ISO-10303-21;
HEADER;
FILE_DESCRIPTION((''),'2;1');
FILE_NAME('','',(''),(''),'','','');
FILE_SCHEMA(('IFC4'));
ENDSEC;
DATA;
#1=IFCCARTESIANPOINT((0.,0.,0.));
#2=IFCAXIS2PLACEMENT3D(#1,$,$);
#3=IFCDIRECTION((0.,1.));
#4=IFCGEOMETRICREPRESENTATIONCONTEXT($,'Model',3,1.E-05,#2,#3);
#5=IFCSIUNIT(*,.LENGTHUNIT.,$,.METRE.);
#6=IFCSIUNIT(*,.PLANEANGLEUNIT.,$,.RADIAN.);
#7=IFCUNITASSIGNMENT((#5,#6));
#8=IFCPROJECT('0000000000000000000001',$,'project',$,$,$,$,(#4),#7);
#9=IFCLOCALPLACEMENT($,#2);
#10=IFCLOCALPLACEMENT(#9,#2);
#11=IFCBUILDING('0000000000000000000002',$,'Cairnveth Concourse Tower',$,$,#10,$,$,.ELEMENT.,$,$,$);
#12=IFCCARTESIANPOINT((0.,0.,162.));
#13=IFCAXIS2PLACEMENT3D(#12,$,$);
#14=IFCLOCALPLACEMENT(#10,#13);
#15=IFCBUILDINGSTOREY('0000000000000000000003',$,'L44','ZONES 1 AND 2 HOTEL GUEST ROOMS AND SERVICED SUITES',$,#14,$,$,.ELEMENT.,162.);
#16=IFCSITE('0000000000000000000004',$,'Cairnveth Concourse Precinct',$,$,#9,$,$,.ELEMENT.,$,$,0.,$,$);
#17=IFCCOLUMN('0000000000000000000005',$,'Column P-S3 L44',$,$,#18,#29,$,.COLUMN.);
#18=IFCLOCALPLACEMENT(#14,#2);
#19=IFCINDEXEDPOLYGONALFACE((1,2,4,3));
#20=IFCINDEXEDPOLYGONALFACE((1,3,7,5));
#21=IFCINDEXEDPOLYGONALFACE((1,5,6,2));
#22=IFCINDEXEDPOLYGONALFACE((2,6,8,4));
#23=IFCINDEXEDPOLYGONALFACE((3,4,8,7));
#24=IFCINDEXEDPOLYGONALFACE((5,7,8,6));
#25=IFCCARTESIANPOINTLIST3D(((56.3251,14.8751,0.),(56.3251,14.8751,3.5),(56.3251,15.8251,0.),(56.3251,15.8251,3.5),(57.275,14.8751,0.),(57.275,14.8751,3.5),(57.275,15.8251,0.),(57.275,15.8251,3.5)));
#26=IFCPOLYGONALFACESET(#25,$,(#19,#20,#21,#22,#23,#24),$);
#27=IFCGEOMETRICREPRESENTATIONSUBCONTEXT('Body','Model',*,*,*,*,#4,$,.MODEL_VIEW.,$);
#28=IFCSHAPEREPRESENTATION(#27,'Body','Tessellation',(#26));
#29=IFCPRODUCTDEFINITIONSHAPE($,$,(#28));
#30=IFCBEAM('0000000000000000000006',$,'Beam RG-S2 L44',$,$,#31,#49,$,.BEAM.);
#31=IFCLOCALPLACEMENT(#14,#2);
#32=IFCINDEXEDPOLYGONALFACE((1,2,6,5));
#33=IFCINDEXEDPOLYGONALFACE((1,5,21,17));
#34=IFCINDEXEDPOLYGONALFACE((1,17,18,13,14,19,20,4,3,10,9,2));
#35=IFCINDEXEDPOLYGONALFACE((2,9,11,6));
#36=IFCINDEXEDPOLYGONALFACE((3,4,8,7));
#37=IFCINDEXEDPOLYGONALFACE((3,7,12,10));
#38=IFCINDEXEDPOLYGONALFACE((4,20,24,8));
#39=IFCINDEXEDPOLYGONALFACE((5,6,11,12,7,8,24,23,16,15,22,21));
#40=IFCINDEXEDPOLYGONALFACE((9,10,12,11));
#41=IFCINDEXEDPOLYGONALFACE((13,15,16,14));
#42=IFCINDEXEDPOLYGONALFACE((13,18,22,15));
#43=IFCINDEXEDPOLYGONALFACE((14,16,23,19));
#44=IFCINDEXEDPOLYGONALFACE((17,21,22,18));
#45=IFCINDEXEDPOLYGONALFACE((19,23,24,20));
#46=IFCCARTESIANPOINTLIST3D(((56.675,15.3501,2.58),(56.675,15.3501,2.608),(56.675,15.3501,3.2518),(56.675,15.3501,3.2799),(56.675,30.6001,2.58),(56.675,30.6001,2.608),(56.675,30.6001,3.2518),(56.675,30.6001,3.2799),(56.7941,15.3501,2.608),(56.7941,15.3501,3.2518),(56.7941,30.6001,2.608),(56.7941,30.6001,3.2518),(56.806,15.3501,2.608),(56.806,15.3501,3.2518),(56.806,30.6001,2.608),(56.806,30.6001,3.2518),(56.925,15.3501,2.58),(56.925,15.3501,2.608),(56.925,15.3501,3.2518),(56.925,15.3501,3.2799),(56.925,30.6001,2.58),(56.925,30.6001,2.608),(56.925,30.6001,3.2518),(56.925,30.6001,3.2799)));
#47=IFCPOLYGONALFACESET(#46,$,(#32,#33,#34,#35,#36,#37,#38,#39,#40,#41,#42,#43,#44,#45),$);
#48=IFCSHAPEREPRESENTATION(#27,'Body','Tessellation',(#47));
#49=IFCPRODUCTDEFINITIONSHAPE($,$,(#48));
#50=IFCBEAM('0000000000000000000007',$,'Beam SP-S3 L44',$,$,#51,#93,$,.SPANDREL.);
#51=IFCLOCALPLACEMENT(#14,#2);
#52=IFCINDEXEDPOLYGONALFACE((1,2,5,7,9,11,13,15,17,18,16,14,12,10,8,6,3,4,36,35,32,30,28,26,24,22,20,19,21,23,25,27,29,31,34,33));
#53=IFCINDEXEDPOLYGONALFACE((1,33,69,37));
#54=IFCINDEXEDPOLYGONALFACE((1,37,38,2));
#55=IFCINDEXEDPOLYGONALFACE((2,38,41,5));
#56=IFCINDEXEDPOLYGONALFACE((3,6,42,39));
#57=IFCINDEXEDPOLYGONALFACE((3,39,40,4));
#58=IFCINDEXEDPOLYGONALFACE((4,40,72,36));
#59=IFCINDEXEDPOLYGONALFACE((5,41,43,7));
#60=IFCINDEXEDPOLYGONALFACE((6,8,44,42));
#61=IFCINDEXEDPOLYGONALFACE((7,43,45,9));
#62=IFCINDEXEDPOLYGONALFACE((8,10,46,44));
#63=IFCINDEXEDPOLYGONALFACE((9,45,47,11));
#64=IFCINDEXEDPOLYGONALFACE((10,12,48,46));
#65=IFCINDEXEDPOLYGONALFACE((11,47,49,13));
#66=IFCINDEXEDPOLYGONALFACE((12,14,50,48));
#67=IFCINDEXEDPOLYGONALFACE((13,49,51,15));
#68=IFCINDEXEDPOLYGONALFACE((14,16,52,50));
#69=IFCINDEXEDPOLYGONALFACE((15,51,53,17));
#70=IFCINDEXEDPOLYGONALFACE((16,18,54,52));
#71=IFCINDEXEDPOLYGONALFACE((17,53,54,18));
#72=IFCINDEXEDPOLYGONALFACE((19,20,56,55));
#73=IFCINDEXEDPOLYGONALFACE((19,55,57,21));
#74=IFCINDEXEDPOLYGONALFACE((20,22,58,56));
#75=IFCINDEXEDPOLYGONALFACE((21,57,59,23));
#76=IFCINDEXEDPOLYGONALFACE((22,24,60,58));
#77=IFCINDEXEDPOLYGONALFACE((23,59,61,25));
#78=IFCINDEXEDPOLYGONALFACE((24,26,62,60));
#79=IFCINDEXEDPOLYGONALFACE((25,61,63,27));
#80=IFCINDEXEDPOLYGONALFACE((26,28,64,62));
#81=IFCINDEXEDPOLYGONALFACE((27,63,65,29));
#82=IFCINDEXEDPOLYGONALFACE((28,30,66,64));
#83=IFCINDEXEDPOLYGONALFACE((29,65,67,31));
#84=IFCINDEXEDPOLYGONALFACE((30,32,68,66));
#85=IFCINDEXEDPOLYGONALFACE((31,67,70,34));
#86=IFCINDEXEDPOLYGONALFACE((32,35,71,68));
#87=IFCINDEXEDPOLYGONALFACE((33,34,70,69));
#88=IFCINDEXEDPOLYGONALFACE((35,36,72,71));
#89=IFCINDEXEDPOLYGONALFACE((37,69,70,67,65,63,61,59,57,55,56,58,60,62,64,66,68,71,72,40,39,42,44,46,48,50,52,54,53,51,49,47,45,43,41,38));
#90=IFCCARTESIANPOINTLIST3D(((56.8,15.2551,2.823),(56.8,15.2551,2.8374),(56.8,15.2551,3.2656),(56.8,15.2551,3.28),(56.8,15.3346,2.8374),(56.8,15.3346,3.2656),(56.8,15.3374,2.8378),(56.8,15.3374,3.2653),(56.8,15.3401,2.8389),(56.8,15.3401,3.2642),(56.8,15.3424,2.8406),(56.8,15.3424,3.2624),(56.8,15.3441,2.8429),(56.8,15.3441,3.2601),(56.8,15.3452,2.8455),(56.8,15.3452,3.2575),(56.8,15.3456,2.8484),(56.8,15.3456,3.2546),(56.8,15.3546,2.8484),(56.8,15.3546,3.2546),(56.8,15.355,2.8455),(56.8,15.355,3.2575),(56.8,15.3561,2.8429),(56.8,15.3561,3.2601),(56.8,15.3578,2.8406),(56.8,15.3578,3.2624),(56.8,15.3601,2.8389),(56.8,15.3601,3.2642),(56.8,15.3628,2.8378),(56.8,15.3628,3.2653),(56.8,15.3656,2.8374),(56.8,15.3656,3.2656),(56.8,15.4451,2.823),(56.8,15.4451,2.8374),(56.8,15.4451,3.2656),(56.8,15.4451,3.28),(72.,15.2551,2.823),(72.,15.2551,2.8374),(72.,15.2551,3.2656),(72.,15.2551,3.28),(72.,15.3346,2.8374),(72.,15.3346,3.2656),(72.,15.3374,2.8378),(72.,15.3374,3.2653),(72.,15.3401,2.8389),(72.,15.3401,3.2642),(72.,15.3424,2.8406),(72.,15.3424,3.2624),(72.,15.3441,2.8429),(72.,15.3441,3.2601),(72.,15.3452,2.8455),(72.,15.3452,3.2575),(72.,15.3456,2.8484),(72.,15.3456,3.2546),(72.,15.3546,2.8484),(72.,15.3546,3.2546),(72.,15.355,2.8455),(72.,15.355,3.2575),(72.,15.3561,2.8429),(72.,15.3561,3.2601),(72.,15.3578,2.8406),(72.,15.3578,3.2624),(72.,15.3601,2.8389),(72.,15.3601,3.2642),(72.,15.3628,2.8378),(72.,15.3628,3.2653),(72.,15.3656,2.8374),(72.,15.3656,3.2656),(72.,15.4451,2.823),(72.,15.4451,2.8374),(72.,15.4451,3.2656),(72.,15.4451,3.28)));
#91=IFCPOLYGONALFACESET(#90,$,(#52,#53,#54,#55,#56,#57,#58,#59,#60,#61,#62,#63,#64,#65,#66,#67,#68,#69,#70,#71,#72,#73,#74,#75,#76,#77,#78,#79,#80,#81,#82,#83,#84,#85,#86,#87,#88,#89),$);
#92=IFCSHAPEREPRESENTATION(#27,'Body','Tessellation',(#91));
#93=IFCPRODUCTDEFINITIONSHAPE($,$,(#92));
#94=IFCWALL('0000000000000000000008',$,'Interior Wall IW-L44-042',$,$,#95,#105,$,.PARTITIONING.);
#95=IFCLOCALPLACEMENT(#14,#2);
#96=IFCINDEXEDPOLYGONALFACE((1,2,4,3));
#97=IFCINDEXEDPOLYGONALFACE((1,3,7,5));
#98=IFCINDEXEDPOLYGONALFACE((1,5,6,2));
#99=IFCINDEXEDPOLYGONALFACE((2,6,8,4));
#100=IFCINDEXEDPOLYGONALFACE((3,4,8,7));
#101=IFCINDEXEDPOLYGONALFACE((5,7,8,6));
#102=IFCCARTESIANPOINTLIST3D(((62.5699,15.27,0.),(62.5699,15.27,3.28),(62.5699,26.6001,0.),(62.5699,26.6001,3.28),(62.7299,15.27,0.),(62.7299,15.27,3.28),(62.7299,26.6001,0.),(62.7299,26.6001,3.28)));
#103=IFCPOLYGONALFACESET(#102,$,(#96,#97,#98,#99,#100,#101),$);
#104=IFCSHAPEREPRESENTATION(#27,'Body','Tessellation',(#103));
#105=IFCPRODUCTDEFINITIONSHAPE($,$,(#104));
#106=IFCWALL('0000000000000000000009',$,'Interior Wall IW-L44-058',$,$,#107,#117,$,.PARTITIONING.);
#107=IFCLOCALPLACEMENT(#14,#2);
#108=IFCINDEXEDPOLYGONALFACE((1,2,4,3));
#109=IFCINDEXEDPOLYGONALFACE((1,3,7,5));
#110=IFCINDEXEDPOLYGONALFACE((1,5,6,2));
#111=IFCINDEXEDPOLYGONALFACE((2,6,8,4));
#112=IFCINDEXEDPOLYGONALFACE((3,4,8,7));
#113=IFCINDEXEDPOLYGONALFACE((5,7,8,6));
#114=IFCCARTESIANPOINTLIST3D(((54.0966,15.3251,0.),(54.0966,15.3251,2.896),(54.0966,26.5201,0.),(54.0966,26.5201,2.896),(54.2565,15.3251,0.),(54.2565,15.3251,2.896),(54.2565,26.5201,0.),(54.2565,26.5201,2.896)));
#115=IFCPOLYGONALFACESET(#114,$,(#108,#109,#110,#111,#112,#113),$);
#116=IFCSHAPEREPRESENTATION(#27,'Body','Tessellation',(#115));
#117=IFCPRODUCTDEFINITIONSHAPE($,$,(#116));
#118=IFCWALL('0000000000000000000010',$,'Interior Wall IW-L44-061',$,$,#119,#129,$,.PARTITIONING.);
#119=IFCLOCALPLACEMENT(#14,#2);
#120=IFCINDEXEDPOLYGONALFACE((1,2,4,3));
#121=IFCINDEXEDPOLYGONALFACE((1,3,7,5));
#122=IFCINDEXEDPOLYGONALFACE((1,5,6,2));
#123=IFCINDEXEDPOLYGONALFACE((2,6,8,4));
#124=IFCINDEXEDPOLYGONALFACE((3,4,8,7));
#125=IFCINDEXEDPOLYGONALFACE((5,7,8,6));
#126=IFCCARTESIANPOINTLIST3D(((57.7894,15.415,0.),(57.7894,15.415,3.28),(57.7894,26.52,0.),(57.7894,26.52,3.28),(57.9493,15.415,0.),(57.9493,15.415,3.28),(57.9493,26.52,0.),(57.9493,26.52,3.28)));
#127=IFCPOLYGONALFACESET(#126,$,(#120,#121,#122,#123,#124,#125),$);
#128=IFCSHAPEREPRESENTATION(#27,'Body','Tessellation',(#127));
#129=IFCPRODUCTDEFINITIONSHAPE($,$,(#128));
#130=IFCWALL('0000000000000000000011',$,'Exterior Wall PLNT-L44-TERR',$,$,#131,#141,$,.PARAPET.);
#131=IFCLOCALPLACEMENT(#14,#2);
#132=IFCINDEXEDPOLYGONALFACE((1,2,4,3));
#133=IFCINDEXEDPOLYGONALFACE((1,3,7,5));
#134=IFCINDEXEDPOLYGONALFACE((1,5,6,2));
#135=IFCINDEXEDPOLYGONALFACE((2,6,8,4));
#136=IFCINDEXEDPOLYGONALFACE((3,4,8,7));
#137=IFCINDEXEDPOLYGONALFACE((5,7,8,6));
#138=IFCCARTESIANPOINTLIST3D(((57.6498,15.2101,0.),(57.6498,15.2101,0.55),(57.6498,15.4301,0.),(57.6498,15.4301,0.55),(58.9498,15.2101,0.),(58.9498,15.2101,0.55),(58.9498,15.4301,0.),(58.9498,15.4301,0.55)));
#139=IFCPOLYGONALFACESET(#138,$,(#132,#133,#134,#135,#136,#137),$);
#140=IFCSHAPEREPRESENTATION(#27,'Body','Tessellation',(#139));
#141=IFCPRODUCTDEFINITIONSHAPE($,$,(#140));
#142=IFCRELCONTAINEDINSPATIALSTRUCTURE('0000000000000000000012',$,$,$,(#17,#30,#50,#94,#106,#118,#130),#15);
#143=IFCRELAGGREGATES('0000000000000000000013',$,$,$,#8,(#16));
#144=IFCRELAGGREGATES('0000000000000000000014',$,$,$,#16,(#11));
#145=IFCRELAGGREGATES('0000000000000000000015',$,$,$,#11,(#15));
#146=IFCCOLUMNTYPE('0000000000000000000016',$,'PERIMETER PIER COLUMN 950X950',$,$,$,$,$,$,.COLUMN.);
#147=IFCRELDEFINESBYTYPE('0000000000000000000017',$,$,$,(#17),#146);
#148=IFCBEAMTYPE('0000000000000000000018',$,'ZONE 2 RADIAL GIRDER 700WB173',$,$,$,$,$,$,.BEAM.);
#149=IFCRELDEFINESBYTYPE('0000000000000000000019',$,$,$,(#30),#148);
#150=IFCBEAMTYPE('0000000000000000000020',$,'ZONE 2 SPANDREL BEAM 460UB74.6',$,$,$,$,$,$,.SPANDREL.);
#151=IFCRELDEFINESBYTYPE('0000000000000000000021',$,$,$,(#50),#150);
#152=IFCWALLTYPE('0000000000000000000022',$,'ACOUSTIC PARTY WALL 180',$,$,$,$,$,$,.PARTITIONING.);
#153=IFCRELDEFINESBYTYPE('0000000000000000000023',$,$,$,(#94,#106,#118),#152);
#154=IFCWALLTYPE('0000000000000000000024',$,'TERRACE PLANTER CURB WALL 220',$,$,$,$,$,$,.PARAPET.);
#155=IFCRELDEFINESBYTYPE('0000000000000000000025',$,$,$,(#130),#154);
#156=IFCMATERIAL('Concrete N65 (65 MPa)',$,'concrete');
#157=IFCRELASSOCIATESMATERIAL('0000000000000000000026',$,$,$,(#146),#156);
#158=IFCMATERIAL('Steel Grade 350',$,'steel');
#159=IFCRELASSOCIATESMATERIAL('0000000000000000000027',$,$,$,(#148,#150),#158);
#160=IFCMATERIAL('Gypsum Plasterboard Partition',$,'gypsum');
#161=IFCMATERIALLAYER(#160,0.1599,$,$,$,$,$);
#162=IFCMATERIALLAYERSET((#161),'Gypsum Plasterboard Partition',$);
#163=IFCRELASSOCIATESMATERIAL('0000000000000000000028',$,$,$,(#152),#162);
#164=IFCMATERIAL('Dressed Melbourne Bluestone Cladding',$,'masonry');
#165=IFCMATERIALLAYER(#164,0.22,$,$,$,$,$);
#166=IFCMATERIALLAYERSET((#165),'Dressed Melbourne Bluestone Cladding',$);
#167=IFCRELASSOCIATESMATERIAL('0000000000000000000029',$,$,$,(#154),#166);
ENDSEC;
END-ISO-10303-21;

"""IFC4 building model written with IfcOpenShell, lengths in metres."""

from ifc_helpers import new_model, si_unit, direction, frame, frame_2d, origin, origin_2d, place, context, subcontext, project, spatial, rectangle, i_section, extrude, material, layer, layer_set, material_profile, profile_set, type_object, element, save


model = new_model("IFC4")

# Units and contexts
model_context = context("Model", 3, precision=1e-05, world=origin(), true_north=direction((0.0, 1.0)))
body_context = subcontext(model_context, "Body", "Model", "MODEL_VIEW")
ifc_project = project(units=[si_unit("LENGTHUNIT", "METRE"), si_unit("PLANEANGLEUNIT", "RADIAN")], contexts=[model_context])

# Site, building, storey
site_placement = place(None, origin())
site = spatial("IfcSite", under=ifc_project, at=site_placement, Name="Cairnveth Concourse Precinct", CompositionType="ELEMENT", RefElevation=0.0)
building_placement = place(site_placement, origin())
building = spatial("IfcBuilding", under=site, at=building_placement, Name="Cairnveth Concourse Tower", CompositionType="ELEMENT")
storey_placement = place(building_placement, frame((0.0, 0.0, 162.0)))
storey = spatial("IfcBuildingStorey", under=building, at=storey_placement, Name="L44", Description="ZONES 1 AND 2 HOTEL GUEST ROOMS AND SERVICED SUITES", CompositionType="ELEMENT", Elevation=162.0)

# Column
ifc_material_1 = material(Name="Concrete N65 (65 MPa)", Category="concrete")
ifc_material_profile_1 = material_profile(ifc_material_1, rectangle(XDim=0.95, YDim=0.95, at=origin_2d()), Name="RC-COL-950x950")
ifc_profile_set_1 = profile_set([ifc_material_profile_1], Name="Concrete N65 (65 MPa)")
column_type = type_object("IfcColumnType", Name="PERIMETER PIER COLUMN 950X950", PredefinedType="COLUMN", material=ifc_profile_set_1)
column_placement = place(storey_placement, frame((56.8, 15.3501, 0.0), z_axis=(0.0, 0.0, 1.0), x_axis=(1.0, 0.0, 0.0)))
element("IfcColumn", 1, at=column_placement, inside=storey, type_object=column_type, Name="Column P-S3 L44", PredefinedType="COLUMN", context=body_context, shape_type="SweptSolid", body=[
    extrude(rectangle(XDim=0.95, YDim=0.95, at=origin_2d()), origin(), (0.0, 0.0, 1.0), 3.5),
])

# Beams
ifc_material_2 = material(Name="Steel Grade 350", Category="steel")
ifc_material_profile_2 = material_profile(ifc_material_2, i_section(OverallWidth=0.25, OverallDepth=0.7, WebThickness=0.012, FlangeThickness=0.0281, at=origin_2d()), Name="700WB173")
ifc_profile_set_2 = profile_set([ifc_material_profile_2], Name="Steel Grade 350")
beam_type_1 = type_object("IfcBeamType", Name="ZONE 2 RADIAL GIRDER 700WB173", PredefinedType="BEAM", material=ifc_profile_set_2)
beam_1_placement = place(storey_placement, frame((56.8, 15.3501, 2.9299), z_axis=(0.0, 1.0, 0.0), x_axis=(-1.0, 0.0, 0.0)))
element("IfcBeam", 2, at=beam_1_placement, inside=storey, type_object=beam_type_1, Name="Beam RG-S2 L44", PredefinedType="BEAM", context=body_context, shape_type="SweptSolid", body=[
    extrude(i_section(OverallWidth=0.25, OverallDepth=0.7, WebThickness=0.012, FlangeThickness=0.0281, at=origin_2d()), origin(), (0.0, 0.0, 1.0), 15.25),
])
ifc_material_profile_3 = material_profile(ifc_material_2, i_section(OverallWidth=0.1899, OverallDepth=0.457, WebThickness=0.009, FlangeThickness=0.0144, FilletRadius=0.011, at=origin_2d()), Name="460UB74.6")
ifc_profile_set_3 = profile_set([ifc_material_profile_3], Name="Steel Grade 350")
beam_type_2 = type_object("IfcBeamType", Name="ZONE 2 SPANDREL BEAM 460UB74.6", PredefinedType="SPANDREL", material=ifc_profile_set_3)
beam_2_placement = place(storey_placement, frame((56.8, 15.3501, 3.0515), z_axis=(1.0, 0.0, 0.0), x_axis=(0.0, 1.0, 0.0)))
element("IfcBeam", 3, at=beam_2_placement, inside=storey, type_object=beam_type_2, Name="Beam SP-S3 L44", PredefinedType="SPANDREL", context=body_context, shape_type="SweptSolid", body=[
    extrude(i_section(OverallWidth=0.1899, OverallDepth=0.457, WebThickness=0.009, FlangeThickness=0.0144, FilletRadius=0.011, at=origin_2d()), origin(), (0.0, 0.0, 1.0), 15.2),
])

# Walls
ifc_material_3 = material(Name="Gypsum Plasterboard Partition", Category="gypsum")
ifc_layer_1 = layer(ifc_material_3, 0.1599)
ifc_layer_set_1 = layer_set([ifc_layer_1], Name="Gypsum Plasterboard Partition")
wall_type_1 = type_object("IfcWallType", Name="ACOUSTIC PARTY WALL 180", PredefinedType="PARTITIONING", material=ifc_layer_set_1)
wall_1_placement = place(storey_placement, frame((62.6499, 15.27, 0.0), z_axis=(0.0, 0.0, 1.0), x_axis=(0.0, 1.0, 0.0)))
element("IfcWall", 4, at=wall_1_placement, inside=storey, type_object=wall_type_1, Name="Interior Wall IW-L44-042", PredefinedType="PARTITIONING", context=body_context, shape_type="SweptSolid", body=[
    extrude(rectangle(XDim=11.3301, YDim=0.1599, at=frame_2d((5.665, 0.0))), origin(), (0.0, 0.0, 1.0), 3.28),
])
wall_2_placement = place(storey_placement, frame((54.1765, 15.325, 0.0), z_axis=(0.0, 0.0, 1.0), x_axis=(0.0, 1.0, 0.0)))
element("IfcWall", 5, at=wall_2_placement, inside=storey, type_object=wall_type_1, Name="Interior Wall IW-L44-058", PredefinedType="PARTITIONING", context=body_context, shape_type="SweptSolid", body=[
    extrude(rectangle(XDim=11.1951, YDim=0.1599, at=frame_2d((5.5977, 0.0))), origin(), (0.0, 0.0, 1.0), 2.896),
])
wall_3_placement = place(storey_placement, frame((57.8694, 15.415, 0.0), z_axis=(0.0, 0.0, 1.0), x_axis=(0.0, 1.0, 0.0)))
element("IfcWall", 6, at=wall_3_placement, inside=storey, type_object=wall_type_1, Name="Interior Wall IW-L44-061", PredefinedType="PARTITIONING", context=body_context, shape_type="SweptSolid", body=[
    extrude(rectangle(XDim=11.105, YDim=0.1599, at=frame_2d((5.5525, 0.0))), origin(), (0.0, 0.0, 1.0), 3.28),
])
ifc_material_4 = material(Name="Dressed Melbourne Bluestone Cladding", Category="masonry")
ifc_layer_2 = layer(ifc_material_4, 0.22)
ifc_layer_set_2 = layer_set([ifc_layer_2], Name="Dressed Melbourne Bluestone Cladding")
wall_type_2 = type_object("IfcWallType", Name="TERRACE PLANTER CURB WALL 220", PredefinedType="PARAPET", material=ifc_layer_set_2)
wall_4_placement = place(storey_placement, frame((57.6499, 15.3201, 0.0), z_axis=(0.0, 0.0, 1.0), x_axis=(1.0, 0.0, 0.0)))
element("IfcWall", 7, at=wall_4_placement, inside=storey, type_object=wall_type_2, Name="Exterior Wall PLNT-L44-TERR", PredefinedType="PARAPET", context=body_context, shape_type="SweptSolid", body=[
    extrude(rectangle(XDim=1.3, YDim=0.22, at=frame_2d((0.6499, 0.0))), origin(), (0.0, 0.0, 1.0), 0.55),
])

save(model, "model.ifc")
